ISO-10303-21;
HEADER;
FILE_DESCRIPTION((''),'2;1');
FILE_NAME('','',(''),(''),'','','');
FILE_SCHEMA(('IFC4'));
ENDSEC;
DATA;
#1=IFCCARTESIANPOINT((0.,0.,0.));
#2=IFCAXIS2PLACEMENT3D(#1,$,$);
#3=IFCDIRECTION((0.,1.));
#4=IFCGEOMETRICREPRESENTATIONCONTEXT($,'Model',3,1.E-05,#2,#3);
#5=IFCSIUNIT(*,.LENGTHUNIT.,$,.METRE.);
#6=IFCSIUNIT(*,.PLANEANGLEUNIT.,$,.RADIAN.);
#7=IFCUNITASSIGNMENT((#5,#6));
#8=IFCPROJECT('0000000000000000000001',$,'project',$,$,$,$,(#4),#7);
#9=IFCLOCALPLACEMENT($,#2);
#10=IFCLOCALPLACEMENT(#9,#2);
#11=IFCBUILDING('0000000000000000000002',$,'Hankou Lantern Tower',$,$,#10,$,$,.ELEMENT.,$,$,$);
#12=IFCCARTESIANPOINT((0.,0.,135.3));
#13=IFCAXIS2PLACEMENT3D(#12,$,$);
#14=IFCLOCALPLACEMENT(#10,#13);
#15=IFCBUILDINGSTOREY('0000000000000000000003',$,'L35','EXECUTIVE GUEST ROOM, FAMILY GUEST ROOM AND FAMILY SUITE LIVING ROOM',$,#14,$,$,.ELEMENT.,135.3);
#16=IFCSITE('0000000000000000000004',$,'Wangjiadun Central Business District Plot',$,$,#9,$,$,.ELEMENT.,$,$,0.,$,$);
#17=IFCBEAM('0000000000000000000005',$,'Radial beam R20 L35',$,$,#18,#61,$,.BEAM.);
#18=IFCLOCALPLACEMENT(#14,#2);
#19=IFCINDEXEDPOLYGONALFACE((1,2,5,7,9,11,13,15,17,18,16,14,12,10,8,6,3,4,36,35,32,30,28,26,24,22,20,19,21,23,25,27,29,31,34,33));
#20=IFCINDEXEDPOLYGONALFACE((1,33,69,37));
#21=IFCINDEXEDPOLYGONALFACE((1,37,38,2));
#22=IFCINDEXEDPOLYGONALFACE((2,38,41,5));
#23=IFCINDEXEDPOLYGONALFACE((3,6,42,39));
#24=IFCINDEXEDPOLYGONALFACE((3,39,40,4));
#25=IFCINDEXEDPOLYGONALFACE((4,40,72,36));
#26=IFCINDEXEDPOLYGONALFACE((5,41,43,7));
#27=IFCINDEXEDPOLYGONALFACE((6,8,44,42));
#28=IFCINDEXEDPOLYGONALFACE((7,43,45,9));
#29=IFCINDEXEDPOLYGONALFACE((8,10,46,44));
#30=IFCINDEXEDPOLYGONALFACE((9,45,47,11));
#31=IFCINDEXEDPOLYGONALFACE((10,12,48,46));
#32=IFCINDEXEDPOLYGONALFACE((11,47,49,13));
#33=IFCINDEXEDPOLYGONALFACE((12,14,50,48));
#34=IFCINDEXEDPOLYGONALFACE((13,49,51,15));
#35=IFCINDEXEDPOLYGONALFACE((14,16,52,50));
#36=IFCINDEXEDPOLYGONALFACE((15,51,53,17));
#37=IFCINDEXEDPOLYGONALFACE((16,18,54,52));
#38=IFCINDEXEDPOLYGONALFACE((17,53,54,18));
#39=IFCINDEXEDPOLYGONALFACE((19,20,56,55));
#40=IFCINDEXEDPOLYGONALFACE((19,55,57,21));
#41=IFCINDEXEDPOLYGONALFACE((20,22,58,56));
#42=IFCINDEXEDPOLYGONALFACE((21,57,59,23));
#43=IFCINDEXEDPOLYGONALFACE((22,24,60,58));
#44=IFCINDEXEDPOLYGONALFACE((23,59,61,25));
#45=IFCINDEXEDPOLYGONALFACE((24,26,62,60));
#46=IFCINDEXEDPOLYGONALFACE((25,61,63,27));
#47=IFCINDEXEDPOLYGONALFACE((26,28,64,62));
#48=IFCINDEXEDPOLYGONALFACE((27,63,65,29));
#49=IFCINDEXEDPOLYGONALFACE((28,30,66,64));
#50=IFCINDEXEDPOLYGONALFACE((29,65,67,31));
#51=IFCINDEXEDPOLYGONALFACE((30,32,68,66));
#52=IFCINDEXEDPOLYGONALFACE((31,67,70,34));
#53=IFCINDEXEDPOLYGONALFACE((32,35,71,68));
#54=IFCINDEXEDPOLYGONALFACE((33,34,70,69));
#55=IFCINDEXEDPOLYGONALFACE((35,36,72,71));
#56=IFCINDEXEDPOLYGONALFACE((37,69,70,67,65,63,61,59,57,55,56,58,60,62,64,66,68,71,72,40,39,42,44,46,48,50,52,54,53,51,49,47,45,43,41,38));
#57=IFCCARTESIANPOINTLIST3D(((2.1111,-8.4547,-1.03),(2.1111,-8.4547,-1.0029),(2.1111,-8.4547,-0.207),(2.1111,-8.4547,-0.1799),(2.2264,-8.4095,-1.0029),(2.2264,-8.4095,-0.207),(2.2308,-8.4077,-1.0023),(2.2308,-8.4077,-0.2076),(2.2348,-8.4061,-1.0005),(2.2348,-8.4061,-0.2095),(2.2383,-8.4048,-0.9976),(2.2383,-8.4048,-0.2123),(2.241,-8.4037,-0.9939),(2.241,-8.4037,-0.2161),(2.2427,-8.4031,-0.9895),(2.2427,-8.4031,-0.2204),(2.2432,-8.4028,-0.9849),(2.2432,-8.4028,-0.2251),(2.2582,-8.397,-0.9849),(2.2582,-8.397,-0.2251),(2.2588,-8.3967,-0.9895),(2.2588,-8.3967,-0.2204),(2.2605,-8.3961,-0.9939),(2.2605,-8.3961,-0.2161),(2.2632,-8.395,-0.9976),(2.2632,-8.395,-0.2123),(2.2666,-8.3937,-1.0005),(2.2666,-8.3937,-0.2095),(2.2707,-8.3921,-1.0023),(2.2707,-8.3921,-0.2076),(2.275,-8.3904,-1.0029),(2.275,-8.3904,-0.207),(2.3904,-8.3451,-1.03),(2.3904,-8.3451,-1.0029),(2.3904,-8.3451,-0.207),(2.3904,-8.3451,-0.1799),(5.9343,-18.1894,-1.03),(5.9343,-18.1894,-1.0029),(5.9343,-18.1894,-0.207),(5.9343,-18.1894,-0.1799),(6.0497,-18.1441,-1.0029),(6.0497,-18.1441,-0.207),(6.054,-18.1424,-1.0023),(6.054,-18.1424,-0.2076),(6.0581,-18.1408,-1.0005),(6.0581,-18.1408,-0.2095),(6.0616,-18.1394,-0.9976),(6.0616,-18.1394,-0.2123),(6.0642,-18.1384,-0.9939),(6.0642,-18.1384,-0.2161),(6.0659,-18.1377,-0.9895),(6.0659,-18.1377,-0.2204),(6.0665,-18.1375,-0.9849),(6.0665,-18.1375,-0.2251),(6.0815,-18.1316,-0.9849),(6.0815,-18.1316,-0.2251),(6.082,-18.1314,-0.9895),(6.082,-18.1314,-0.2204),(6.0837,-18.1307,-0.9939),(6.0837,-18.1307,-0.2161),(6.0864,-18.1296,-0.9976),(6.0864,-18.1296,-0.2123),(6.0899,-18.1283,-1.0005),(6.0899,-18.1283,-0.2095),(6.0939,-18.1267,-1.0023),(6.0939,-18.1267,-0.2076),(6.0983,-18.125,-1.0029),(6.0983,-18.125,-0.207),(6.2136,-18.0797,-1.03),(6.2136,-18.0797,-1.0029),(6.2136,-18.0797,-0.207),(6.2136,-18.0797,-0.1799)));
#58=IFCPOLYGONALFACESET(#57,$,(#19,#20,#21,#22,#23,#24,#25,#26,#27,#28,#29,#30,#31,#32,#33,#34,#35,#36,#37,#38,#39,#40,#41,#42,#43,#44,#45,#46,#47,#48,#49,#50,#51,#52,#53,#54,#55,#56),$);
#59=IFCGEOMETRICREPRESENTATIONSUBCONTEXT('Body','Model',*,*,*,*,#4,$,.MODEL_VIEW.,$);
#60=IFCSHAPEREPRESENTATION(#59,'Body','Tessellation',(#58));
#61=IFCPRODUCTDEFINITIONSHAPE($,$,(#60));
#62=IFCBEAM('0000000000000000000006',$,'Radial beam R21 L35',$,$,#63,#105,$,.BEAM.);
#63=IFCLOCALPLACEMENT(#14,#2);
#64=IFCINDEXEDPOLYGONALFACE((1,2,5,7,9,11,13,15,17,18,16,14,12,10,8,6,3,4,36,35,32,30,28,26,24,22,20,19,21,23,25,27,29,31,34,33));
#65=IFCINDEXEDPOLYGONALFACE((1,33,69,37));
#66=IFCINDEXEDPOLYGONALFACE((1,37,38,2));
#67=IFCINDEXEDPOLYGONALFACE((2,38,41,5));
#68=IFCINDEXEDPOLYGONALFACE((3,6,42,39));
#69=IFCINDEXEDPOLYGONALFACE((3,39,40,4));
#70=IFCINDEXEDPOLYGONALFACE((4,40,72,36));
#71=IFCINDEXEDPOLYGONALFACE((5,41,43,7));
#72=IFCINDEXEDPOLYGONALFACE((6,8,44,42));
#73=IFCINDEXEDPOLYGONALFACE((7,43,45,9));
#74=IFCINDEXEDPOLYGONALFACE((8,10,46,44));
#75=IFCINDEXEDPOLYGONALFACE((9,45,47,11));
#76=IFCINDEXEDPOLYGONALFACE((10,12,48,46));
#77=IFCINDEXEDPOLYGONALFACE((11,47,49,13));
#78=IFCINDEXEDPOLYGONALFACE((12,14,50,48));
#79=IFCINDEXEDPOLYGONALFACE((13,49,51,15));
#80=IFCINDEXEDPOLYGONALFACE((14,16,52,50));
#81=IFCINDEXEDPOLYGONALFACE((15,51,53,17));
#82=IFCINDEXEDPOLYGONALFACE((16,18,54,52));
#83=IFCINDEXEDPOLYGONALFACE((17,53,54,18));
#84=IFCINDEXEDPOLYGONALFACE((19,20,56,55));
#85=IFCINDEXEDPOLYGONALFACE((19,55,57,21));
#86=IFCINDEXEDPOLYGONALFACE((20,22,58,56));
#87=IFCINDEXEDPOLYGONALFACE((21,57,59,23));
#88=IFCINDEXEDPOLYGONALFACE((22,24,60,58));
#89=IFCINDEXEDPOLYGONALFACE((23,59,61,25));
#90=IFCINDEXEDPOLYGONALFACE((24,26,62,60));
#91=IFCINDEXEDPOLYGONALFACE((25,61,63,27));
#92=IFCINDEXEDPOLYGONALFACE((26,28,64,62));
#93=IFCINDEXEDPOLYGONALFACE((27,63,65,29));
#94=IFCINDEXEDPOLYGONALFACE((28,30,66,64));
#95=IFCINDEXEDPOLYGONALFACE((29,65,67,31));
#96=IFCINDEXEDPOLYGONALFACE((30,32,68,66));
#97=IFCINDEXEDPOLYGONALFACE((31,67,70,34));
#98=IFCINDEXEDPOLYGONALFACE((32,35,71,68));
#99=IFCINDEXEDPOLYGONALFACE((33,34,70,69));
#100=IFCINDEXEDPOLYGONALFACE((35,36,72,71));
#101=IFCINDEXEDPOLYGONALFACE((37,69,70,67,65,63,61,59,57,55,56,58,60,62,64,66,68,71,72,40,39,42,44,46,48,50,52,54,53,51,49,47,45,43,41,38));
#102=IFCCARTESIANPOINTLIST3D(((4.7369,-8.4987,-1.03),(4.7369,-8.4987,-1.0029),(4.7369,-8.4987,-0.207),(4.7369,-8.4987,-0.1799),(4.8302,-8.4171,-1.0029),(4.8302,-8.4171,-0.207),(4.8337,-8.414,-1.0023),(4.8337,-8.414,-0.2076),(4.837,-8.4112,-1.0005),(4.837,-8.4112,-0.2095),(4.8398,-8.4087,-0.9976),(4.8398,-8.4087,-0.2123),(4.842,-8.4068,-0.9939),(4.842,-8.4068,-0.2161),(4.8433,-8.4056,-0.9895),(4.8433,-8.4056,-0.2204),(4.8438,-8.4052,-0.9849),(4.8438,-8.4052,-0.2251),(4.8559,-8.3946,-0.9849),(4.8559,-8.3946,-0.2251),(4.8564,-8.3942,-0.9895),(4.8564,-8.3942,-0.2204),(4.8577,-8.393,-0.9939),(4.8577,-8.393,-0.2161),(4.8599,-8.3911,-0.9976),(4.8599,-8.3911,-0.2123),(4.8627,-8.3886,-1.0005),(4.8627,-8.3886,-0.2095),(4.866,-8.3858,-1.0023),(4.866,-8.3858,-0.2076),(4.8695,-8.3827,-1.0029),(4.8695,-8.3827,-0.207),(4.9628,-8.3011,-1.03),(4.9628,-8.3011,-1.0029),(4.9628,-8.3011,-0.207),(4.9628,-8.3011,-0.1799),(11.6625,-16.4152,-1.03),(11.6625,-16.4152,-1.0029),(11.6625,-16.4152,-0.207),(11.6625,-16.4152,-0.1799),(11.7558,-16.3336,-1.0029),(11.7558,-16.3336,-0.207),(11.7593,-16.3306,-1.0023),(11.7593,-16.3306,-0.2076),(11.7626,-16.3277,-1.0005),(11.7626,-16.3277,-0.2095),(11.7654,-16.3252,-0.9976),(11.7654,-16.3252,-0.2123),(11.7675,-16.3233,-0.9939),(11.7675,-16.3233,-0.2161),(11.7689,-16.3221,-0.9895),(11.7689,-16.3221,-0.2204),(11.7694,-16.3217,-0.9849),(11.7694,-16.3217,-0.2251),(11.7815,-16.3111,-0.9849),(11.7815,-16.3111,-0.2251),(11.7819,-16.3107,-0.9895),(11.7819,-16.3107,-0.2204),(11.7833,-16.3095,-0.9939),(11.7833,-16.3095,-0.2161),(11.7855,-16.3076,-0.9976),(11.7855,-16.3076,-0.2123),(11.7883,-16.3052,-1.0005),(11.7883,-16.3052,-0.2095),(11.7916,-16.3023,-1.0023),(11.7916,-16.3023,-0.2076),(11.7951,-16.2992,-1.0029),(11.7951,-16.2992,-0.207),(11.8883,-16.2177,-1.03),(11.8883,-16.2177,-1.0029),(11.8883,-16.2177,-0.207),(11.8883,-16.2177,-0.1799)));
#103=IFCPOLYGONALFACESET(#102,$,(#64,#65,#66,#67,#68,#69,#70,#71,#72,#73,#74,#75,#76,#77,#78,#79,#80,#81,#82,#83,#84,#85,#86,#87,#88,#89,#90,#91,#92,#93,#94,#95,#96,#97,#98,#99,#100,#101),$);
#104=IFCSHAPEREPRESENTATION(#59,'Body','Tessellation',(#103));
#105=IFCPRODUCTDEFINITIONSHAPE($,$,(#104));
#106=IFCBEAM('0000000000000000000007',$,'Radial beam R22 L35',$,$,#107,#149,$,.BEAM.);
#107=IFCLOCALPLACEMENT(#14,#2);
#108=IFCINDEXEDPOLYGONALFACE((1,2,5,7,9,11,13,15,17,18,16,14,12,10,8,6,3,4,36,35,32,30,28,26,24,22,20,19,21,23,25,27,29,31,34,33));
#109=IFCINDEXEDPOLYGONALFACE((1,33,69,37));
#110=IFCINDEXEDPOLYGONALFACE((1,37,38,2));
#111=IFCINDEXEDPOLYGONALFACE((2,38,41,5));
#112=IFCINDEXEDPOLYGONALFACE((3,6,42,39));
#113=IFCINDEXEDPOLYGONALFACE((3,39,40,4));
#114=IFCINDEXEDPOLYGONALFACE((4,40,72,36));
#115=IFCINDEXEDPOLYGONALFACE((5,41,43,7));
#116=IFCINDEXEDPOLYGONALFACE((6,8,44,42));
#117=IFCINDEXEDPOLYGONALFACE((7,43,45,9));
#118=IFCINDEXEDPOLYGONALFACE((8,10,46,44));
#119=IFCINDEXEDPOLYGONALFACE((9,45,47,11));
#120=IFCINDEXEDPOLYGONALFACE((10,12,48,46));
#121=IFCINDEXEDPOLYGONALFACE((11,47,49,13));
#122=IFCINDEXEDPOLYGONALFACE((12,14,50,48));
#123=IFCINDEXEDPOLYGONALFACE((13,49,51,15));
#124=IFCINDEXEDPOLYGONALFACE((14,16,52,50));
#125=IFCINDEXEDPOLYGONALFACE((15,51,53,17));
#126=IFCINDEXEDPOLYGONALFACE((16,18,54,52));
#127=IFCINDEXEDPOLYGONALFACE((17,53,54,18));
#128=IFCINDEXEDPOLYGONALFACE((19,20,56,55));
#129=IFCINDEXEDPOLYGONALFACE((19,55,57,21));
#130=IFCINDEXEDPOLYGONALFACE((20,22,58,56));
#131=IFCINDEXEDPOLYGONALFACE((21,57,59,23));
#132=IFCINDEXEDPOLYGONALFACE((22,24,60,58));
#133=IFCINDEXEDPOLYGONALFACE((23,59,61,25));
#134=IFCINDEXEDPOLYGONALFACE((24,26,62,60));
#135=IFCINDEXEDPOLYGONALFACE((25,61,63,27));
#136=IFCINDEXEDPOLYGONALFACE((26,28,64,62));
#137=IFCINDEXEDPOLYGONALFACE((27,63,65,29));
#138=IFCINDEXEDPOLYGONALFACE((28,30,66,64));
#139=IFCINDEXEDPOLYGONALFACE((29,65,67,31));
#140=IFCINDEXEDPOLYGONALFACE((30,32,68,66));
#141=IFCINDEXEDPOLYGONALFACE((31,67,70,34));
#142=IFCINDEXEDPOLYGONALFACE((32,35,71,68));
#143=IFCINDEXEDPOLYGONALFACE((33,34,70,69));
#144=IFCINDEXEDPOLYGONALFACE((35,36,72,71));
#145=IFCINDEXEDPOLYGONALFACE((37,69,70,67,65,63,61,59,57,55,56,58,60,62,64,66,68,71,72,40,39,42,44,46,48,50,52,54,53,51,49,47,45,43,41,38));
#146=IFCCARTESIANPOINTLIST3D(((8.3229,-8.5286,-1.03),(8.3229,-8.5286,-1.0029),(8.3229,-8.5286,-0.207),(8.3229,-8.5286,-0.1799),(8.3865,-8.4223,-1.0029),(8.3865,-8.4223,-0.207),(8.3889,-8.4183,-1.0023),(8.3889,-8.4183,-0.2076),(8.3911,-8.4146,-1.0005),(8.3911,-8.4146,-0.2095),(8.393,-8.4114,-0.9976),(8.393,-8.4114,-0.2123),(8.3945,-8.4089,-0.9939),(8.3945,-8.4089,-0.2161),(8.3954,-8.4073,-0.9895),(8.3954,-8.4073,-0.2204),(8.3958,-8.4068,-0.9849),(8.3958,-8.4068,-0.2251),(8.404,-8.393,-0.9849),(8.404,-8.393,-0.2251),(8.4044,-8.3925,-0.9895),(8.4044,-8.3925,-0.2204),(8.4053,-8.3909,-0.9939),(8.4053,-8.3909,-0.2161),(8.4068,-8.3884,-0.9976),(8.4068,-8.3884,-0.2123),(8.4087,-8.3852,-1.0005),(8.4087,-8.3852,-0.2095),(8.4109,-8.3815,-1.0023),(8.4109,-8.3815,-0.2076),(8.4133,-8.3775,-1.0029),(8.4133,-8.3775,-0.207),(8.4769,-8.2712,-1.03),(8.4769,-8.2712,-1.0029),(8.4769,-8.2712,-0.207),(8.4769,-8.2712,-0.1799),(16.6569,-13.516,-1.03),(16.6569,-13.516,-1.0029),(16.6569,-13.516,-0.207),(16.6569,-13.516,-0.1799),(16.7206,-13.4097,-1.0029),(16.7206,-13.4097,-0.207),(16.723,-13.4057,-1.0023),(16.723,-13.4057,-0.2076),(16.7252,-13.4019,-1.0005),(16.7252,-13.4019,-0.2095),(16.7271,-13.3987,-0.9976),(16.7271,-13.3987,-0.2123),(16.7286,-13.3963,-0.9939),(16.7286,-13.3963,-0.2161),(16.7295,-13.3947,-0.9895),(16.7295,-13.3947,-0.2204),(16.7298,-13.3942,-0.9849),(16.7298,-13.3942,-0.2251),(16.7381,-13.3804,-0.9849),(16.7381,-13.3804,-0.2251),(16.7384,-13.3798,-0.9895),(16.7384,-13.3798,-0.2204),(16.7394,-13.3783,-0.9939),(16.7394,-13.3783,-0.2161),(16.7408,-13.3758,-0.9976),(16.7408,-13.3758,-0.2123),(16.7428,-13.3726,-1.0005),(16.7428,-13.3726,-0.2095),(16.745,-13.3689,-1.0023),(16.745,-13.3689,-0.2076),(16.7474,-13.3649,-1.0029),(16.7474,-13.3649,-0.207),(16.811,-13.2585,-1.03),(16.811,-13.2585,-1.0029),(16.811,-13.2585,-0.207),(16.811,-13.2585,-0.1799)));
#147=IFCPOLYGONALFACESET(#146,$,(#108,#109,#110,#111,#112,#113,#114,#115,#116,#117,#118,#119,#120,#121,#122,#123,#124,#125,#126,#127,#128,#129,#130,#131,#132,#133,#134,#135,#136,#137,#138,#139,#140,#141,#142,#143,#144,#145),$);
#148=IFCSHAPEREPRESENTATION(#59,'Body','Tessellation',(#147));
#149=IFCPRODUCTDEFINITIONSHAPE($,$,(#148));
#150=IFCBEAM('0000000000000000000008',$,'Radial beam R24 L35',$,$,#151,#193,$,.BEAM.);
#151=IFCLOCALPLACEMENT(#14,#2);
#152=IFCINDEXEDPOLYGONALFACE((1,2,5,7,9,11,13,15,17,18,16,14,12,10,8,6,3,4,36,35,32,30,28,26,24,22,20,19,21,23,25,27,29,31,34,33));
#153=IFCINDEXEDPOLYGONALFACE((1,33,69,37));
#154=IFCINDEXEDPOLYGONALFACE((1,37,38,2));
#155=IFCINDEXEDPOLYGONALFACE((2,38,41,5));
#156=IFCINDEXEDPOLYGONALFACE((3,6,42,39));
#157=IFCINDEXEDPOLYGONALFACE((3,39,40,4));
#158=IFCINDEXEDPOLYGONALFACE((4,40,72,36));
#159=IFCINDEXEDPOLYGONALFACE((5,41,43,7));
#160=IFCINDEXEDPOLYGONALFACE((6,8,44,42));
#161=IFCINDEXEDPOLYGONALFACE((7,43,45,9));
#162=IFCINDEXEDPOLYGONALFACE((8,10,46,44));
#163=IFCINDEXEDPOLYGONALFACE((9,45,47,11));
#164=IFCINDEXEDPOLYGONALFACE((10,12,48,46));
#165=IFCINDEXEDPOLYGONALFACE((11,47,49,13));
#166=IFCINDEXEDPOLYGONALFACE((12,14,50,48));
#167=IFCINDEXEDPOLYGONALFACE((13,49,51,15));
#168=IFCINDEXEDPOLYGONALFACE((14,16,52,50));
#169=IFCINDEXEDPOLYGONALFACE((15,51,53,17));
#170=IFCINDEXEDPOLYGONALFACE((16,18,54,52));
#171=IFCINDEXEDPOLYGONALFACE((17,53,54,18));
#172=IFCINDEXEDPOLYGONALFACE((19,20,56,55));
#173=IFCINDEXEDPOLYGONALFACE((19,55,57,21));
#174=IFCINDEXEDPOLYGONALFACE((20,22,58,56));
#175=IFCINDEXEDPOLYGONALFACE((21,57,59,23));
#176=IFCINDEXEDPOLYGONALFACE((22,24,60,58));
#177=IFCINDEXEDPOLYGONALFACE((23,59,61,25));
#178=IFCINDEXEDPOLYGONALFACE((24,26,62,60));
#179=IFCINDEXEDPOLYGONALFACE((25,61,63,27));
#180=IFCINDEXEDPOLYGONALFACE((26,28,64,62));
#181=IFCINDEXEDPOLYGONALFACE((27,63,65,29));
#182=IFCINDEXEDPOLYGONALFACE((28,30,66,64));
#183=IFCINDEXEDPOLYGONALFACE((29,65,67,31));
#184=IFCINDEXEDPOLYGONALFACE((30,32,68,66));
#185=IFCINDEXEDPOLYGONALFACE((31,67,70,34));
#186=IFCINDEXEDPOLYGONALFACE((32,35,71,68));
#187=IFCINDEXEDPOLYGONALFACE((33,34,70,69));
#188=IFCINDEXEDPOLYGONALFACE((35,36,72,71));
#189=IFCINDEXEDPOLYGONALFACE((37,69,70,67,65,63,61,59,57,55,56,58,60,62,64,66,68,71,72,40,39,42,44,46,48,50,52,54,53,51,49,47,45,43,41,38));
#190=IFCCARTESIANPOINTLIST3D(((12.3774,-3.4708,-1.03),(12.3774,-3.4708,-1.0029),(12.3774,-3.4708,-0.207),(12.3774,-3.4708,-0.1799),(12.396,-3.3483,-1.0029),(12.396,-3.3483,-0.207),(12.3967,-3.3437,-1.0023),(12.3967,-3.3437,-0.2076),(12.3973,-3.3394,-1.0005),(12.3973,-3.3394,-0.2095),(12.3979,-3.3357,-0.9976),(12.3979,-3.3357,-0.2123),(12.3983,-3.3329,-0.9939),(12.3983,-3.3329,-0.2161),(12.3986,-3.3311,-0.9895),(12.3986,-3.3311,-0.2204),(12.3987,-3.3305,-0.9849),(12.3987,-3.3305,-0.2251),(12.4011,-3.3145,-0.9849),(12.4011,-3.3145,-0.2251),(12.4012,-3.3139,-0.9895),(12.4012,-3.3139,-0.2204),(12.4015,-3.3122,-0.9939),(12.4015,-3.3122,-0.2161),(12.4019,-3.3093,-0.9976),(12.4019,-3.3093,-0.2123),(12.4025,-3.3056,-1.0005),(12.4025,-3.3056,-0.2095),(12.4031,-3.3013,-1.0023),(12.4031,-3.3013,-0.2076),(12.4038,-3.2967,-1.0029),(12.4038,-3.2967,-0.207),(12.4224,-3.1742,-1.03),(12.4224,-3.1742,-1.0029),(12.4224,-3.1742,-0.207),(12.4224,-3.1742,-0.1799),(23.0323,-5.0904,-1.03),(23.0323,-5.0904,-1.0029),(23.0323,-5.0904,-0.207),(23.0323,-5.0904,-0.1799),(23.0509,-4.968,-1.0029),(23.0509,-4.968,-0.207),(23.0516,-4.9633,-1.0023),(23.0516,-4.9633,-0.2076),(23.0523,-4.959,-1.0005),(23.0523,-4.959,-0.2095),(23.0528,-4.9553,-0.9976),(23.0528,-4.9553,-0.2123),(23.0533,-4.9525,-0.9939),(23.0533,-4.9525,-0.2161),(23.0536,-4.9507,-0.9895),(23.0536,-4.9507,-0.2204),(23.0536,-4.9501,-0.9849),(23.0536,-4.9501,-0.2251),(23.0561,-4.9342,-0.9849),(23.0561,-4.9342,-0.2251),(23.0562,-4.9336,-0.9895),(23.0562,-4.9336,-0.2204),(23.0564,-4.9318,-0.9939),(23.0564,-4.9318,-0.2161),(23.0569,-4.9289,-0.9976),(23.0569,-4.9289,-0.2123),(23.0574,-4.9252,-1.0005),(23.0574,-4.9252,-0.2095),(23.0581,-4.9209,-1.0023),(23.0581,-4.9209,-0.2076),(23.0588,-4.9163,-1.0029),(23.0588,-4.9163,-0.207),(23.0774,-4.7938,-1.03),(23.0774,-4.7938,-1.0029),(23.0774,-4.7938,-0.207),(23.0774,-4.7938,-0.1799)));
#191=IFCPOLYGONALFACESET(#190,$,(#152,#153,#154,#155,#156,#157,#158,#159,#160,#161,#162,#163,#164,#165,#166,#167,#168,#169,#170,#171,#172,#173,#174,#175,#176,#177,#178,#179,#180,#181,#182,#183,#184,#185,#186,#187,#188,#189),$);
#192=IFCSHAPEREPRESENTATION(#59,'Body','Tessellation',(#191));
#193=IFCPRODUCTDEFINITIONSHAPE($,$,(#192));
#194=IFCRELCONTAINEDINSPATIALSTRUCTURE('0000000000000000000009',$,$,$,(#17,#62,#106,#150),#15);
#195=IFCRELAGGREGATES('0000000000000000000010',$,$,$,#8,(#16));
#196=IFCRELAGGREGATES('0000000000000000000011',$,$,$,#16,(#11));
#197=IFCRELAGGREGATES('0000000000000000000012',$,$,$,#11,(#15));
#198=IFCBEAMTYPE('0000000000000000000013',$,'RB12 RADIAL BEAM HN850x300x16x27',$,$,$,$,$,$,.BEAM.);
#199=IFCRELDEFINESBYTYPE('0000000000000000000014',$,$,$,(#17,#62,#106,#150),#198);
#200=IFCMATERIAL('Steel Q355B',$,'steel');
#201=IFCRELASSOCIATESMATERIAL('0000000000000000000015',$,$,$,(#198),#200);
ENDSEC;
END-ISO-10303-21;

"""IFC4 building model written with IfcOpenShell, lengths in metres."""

from ifc_helpers import new_model, si_unit, direction, frame, origin, origin_2d, place, context, subcontext, project, spatial, i_section, extrude, material, material_profile, profile_set, type_object, element, save


model = new_model("IFC4")

# Units and contexts
model_context = context("Model", 3, precision=1e-05, world=origin(), true_north=direction((0.0, 1.0)))
body_context = subcontext(model_context, "Body", "Model", "MODEL_VIEW")
ifc_project = project(units=[si_unit("LENGTHUNIT", "METRE"), si_unit("PLANEANGLEUNIT", "RADIAN")], contexts=[model_context])

# Site, building, storey
site_placement = place(None, origin())
site = spatial("IfcSite", under=ifc_project, at=site_placement, Name="Wangjiadun Central Business District Plot", CompositionType="ELEMENT", RefElevation=0.0)
building_placement = place(site_placement, origin())
building = spatial("IfcBuilding", under=site, at=building_placement, Name="Hankou Lantern Tower", CompositionType="ELEMENT")
storey_placement = place(building_placement, frame((0.0, 0.0, 135.3)))
storey = spatial("IfcBuildingStorey", under=building, at=storey_placement, Name="L35", Description="EXECUTIVE GUEST ROOM, FAMILY GUEST ROOM AND FAMILY SUITE LIVING ROOM", CompositionType="ELEMENT", Elevation=135.3)

# Beams
ifc_material_1 = material(Name="Steel Q355B", Category="steel")
ifc_material_profile_1 = material_profile(ifc_material_1, i_section(OverallWidth=0.3, OverallDepth=0.8501, WebThickness=0.0161, FlangeThickness=0.0271, FilletRadius=0.0181, at=origin_2d()), Name="HN850x300x16x27")
ifc_profile_set_1 = profile_set([ifc_material_profile_1], Name="Steel Q355B")
beam_type_1 = type_object("IfcBeamType", Name="RB12 RADIAL BEAM HN850x300x16x27", PredefinedType="BEAM", material=ifc_profile_set_1)
beam_1_placement = place(storey_placement, frame((2.2507, -8.3999, -0.605), z_axis=(0.365564, -0.930786, 0.0), x_axis=(0.930786, 0.365564, 0.0)))
element("IfcBeam", 1, at=beam_1_placement, inside=storey, type_object=beam_type_1, Name="Radial beam R20 L35", PredefinedType="BEAM", context=body_context, shape_type="SweptSolid", body=[
    extrude(i_section(OverallWidth=0.3, OverallDepth=0.8501, WebThickness=0.0161, FlangeThickness=0.0271, FilletRadius=0.0181, at=origin_2d()), origin(), (0.0, 0.0, 1.0), 10.4585),
])
beam_2_placement = place(storey_placement, frame((4.8499, -8.3999, -0.605), z_axis=(0.658429, -0.752643, 0.0), x_axis=(0.752643, 0.658429, 0.0)))
element("IfcBeam", 2, at=beam_2_placement, inside=storey, type_object=beam_type_1, Name="Radial beam R21 L35", PredefinedType="BEAM", context=body_context, shape_type="SweptSolid", body=[
    extrude(i_section(OverallWidth=0.3, OverallDepth=0.8501, WebThickness=0.0161, FlangeThickness=0.0271, FilletRadius=0.0181, at=origin_2d()), origin(), (0.0, 0.0, 1.0), 10.5183),
])
beam_3_placement = place(storey_placement, frame((8.3999, -8.3999, -0.605), z_axis=(0.858087, -0.513505, 0.0), x_axis=(0.513505, 0.858087, 0.0)))
element("IfcBeam", 3, at=beam_3_placement, inside=storey, type_object=beam_type_1, Name="Radial beam R22 L35", PredefinedType="BEAM", context=body_context, shape_type="SweptSolid", body=[
    extrude(i_section(OverallWidth=0.3, OverallDepth=0.8501, WebThickness=0.0161, FlangeThickness=0.0271, FilletRadius=0.0181, at=origin_2d()), origin(), (0.0, 0.0, 1.0), 9.7124),
])
beam_4_placement = place(storey_placement, frame((12.3999, -3.3225, -0.605), z_axis=(0.988644, -0.15028, 0.0), x_axis=(0.15028, 0.988644, 0.0)))
element("IfcBeam", 4, at=beam_4_placement, inside=storey, type_object=beam_type_1, Name="Radial beam R24 L35", PredefinedType="BEAM", context=body_context, shape_type="SweptSolid", body=[
    extrude(i_section(OverallWidth=0.3, OverallDepth=0.8501, WebThickness=0.0161, FlangeThickness=0.0271, FilletRadius=0.0181, at=origin_2d()), origin(), (0.0, 0.0, 1.0), 10.7773),
])

save(model, "model.ifc")
